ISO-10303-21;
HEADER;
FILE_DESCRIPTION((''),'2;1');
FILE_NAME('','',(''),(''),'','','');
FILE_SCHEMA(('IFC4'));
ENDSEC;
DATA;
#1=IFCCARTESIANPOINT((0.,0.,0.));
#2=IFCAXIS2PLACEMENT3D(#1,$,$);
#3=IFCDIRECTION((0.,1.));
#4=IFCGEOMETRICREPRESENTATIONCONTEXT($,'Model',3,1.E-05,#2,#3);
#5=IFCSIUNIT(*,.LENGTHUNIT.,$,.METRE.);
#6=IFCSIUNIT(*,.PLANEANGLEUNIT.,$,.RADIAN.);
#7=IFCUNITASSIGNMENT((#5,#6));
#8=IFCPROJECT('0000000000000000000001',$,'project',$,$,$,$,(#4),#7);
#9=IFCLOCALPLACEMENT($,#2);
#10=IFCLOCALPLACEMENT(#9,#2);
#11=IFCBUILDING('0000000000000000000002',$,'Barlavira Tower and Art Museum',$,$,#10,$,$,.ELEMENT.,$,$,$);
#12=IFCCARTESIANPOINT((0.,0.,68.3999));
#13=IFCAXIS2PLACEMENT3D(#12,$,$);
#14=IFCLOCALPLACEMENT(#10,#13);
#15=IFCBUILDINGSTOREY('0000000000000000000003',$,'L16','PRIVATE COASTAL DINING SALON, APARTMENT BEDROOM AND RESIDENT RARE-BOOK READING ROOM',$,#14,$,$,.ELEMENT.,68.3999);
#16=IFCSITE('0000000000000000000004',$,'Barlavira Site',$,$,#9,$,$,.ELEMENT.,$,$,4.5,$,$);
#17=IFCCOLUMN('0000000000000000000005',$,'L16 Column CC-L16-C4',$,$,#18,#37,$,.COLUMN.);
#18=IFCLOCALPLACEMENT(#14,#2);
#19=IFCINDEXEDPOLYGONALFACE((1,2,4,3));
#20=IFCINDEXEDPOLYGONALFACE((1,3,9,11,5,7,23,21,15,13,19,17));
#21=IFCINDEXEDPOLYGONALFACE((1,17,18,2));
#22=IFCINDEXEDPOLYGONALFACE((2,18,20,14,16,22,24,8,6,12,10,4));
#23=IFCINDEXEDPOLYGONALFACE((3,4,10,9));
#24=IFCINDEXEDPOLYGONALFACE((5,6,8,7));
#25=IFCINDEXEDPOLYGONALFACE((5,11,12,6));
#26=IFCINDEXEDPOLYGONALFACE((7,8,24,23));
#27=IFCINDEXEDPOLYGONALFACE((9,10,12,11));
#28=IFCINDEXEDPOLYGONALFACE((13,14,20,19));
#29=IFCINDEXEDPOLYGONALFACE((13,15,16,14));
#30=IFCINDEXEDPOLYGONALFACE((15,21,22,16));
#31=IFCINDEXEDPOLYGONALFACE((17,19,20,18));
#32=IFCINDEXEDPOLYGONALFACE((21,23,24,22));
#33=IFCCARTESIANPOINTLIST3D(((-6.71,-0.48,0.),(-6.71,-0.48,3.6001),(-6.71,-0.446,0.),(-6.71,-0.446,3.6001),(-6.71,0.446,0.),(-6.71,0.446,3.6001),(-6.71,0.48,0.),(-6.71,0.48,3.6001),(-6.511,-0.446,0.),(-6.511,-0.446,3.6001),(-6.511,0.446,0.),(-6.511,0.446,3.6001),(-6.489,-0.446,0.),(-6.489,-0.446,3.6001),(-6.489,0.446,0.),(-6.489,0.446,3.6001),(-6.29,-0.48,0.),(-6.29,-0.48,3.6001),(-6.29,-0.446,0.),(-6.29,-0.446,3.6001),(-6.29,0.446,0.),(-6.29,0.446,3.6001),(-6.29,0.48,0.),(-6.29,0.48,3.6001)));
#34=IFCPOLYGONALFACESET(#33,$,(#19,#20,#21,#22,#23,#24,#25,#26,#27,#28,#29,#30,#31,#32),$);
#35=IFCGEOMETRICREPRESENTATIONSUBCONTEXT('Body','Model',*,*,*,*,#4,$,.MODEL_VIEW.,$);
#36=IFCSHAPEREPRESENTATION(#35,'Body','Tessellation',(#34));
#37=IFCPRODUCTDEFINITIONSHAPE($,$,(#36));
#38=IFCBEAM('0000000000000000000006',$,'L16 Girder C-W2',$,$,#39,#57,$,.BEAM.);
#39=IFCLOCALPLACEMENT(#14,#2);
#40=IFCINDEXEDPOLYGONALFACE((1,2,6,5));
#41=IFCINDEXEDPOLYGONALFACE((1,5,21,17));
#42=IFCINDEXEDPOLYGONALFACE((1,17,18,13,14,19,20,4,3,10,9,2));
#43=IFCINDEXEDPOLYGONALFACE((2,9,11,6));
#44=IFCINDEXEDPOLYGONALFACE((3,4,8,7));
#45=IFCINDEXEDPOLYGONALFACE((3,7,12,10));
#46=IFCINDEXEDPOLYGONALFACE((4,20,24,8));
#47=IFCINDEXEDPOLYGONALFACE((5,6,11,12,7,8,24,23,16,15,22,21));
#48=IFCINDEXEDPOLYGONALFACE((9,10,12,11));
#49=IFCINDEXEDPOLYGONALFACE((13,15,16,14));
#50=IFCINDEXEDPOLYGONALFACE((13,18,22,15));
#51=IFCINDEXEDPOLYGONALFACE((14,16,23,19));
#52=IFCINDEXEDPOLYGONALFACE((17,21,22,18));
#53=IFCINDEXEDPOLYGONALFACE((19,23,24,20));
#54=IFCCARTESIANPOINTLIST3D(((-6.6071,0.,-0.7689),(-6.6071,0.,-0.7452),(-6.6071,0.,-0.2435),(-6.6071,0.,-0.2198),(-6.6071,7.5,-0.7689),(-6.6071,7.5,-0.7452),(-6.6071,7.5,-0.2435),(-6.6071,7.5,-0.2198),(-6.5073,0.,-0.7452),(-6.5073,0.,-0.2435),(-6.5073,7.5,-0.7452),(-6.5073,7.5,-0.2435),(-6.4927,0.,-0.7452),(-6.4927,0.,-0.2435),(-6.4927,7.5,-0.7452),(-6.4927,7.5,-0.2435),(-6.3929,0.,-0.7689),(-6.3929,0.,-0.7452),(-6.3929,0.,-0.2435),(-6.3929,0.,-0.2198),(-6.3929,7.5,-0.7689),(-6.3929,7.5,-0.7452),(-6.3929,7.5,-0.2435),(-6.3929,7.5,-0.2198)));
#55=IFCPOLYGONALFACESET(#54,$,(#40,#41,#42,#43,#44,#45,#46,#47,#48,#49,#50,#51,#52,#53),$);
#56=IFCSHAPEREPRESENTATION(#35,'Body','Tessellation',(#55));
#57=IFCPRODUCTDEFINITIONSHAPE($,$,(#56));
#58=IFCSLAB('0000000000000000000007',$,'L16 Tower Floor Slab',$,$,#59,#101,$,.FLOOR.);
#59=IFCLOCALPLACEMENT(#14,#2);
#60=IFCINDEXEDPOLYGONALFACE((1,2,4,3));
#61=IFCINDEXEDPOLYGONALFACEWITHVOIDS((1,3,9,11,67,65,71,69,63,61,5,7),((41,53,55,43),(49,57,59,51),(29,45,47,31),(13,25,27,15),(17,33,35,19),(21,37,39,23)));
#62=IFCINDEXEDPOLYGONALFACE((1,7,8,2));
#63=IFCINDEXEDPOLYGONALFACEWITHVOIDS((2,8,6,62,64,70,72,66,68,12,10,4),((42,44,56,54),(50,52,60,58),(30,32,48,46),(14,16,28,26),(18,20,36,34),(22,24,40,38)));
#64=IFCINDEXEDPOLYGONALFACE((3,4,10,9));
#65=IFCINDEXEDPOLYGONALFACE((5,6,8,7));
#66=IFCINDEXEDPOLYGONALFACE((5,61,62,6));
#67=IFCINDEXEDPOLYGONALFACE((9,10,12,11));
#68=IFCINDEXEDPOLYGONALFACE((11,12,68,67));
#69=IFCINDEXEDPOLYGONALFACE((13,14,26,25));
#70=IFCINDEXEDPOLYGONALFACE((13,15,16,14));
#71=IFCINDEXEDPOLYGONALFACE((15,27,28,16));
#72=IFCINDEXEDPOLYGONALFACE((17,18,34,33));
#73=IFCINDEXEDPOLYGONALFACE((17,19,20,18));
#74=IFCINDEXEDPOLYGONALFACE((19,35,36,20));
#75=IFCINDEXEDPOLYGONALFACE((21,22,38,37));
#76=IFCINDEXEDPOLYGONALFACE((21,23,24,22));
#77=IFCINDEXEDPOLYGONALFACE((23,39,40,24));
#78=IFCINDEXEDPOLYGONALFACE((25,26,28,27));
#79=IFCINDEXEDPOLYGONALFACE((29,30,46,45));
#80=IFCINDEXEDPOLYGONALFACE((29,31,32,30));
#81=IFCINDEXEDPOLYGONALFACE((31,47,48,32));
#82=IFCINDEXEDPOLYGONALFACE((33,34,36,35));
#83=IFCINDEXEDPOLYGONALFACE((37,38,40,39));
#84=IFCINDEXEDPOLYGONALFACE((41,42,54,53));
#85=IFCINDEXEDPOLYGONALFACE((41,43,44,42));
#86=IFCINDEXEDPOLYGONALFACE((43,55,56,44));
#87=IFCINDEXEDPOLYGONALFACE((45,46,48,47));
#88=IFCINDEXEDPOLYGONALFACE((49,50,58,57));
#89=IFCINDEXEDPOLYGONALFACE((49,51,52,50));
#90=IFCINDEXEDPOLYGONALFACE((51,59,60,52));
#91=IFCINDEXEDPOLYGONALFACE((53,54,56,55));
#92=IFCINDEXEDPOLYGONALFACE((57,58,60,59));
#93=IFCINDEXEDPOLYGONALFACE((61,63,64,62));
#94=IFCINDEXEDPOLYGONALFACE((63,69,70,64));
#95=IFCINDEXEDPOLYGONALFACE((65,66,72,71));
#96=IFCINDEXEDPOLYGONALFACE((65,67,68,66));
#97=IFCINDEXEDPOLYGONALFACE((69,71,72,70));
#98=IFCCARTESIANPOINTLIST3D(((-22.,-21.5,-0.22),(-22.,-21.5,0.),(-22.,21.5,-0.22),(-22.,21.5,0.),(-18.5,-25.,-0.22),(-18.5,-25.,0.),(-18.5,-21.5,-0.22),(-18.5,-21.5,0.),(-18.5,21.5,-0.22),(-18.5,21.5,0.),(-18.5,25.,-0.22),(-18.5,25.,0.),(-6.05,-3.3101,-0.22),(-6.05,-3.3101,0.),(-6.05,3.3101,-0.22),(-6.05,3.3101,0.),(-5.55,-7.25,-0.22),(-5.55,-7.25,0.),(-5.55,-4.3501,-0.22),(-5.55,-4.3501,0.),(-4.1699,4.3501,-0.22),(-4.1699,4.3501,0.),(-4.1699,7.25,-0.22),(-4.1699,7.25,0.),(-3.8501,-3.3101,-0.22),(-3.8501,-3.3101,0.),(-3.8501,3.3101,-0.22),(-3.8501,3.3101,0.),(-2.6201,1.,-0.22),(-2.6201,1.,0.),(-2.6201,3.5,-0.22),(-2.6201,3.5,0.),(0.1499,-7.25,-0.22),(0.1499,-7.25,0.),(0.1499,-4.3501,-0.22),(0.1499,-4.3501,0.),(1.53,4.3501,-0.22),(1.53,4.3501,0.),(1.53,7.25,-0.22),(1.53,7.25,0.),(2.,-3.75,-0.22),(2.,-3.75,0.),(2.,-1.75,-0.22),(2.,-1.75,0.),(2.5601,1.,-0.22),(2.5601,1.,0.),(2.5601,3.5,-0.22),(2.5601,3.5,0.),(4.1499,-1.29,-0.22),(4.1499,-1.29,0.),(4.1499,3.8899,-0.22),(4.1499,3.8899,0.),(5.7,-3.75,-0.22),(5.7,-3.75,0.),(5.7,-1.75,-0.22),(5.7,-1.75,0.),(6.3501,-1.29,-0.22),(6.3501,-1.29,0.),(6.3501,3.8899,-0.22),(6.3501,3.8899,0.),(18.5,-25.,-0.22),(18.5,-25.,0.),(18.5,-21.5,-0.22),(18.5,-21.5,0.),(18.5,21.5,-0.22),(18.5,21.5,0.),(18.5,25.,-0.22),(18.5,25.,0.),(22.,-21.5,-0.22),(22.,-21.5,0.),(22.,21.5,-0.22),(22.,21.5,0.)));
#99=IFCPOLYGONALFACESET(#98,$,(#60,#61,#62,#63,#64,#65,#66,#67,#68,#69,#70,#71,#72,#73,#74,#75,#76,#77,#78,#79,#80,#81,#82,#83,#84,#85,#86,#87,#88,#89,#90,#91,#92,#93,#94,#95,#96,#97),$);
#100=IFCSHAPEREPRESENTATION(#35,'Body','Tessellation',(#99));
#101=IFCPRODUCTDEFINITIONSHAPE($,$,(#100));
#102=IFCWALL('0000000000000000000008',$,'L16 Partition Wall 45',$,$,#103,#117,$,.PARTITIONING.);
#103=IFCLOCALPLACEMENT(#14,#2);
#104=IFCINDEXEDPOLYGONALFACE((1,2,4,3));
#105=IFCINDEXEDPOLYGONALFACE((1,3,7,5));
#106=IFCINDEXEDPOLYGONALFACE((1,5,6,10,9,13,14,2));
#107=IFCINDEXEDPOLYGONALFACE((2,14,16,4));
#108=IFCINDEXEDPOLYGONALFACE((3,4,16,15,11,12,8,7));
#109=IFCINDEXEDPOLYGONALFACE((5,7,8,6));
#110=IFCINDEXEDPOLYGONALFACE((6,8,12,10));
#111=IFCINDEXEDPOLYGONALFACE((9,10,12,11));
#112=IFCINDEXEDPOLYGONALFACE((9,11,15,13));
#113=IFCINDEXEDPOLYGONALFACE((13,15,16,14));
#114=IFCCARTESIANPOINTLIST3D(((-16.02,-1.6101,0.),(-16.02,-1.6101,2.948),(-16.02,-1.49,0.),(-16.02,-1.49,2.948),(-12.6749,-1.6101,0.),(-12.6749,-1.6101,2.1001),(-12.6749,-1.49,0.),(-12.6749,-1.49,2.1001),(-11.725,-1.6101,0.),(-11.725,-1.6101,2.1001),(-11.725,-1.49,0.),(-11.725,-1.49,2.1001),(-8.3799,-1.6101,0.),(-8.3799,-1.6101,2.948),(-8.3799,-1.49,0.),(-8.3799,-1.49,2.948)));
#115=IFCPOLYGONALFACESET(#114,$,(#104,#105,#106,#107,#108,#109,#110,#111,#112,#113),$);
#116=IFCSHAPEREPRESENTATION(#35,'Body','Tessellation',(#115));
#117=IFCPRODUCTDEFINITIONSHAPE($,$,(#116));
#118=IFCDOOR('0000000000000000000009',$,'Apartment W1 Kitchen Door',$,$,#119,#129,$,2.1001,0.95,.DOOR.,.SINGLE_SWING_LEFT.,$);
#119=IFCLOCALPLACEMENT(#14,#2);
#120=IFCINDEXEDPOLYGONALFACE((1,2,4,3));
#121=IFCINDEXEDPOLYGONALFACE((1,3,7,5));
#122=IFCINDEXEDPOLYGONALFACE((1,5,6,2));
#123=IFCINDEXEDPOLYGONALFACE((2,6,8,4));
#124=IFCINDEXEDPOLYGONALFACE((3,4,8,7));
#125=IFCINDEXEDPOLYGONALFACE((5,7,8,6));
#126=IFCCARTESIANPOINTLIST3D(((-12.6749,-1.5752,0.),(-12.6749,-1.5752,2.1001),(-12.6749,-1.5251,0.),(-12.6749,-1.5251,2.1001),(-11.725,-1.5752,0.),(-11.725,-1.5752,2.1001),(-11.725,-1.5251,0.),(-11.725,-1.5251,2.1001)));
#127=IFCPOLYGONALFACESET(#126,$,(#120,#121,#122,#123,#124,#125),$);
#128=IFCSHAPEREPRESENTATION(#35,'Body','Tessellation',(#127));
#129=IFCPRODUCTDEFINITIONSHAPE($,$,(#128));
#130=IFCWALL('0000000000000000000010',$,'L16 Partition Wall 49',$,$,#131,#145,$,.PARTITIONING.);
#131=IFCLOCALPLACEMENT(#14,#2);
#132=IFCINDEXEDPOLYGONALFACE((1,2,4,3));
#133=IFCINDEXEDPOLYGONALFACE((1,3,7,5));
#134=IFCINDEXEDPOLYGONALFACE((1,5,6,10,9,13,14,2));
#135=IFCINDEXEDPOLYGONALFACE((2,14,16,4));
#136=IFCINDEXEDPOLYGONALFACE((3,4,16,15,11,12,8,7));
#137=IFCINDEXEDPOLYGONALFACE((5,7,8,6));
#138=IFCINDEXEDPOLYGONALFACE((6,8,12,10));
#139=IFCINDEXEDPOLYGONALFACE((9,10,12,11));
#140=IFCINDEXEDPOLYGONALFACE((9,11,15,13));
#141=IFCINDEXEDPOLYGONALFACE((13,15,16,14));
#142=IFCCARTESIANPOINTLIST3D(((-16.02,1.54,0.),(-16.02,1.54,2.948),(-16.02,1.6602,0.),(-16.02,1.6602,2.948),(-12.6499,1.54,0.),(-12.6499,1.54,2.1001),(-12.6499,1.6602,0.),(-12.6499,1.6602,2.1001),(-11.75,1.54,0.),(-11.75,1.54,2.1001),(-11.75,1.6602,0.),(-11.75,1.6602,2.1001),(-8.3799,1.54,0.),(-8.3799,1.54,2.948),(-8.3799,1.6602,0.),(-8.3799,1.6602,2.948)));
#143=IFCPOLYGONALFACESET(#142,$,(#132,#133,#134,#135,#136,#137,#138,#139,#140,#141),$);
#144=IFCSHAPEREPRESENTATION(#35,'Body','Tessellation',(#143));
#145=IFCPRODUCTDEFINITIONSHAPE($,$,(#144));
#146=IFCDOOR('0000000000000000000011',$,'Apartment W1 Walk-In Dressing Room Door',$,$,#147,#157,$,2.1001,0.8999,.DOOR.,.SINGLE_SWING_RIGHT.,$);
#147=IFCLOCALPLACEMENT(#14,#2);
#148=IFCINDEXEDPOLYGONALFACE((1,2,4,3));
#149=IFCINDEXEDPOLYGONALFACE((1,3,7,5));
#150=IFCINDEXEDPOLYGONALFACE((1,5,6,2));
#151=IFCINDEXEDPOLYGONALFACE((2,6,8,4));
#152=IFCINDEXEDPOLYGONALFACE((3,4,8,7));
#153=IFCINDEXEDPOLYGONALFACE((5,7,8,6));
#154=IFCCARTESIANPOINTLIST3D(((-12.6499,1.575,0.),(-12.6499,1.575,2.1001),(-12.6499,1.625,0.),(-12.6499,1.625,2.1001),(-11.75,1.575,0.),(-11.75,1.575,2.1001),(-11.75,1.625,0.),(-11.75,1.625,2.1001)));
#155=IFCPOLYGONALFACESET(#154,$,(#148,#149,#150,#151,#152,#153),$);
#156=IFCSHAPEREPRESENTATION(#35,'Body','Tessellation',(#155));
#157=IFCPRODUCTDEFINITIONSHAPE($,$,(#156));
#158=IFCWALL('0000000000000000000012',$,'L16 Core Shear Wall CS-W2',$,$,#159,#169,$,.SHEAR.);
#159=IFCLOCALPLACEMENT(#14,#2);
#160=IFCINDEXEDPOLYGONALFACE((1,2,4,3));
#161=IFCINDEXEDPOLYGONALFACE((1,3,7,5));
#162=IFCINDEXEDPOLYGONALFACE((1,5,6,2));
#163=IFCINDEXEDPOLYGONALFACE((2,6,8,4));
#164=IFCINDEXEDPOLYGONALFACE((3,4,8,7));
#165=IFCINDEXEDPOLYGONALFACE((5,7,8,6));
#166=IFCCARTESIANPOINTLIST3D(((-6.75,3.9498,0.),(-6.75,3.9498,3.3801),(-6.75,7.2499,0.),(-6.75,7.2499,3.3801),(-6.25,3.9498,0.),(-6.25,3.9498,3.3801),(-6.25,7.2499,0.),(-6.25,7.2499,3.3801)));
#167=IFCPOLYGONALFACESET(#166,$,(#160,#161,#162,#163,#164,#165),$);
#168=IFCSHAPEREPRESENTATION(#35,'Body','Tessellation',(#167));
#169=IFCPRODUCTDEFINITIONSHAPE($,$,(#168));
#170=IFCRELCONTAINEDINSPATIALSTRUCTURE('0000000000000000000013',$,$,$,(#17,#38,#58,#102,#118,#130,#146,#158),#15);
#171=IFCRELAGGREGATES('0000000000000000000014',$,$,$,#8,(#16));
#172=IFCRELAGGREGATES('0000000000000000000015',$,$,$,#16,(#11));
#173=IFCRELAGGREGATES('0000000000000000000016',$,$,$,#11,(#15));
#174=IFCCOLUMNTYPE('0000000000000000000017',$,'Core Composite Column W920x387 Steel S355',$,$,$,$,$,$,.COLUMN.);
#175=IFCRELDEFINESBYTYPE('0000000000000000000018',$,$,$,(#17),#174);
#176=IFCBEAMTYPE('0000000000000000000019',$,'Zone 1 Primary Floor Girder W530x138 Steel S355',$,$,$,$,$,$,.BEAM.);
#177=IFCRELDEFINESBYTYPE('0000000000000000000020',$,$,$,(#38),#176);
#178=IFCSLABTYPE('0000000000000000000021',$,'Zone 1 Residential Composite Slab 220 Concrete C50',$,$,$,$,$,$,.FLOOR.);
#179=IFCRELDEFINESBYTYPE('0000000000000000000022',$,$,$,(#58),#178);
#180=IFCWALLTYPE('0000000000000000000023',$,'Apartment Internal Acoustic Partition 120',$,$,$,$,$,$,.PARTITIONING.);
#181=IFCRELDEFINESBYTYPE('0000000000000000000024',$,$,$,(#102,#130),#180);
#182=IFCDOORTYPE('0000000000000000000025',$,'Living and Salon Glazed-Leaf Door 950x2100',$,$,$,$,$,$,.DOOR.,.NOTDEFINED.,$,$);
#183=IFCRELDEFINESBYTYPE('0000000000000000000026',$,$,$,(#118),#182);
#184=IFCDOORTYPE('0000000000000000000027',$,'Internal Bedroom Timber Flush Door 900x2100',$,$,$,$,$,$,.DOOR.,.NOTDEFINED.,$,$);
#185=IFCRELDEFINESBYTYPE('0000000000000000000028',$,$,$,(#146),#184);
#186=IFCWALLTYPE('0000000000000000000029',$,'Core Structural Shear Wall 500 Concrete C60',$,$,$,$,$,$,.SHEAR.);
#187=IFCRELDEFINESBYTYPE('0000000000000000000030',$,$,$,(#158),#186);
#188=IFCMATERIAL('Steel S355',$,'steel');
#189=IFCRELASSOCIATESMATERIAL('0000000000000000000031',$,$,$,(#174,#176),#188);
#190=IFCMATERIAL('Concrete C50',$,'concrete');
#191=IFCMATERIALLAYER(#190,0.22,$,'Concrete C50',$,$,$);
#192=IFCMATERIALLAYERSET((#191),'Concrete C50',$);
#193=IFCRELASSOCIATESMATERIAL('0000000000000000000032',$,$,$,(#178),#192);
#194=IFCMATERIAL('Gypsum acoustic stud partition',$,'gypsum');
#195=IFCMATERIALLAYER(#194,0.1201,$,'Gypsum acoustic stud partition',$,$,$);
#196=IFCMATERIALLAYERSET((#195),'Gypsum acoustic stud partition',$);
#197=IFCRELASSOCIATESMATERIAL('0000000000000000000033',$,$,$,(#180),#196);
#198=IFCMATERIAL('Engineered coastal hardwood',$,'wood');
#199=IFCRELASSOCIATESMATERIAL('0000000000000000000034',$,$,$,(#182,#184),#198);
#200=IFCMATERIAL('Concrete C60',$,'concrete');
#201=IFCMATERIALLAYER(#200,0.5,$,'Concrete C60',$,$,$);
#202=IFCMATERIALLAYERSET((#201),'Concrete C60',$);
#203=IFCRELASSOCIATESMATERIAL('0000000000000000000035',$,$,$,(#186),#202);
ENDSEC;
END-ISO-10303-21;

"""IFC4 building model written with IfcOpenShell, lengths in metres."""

from ifc_helpers import new_model, si_unit, direction, frame, frame_2d, origin, origin_2d, place, context, subcontext, project, spatial, polyline, rectangle, i_section, outline, extrude, material, layer, layer_set, material_profile, profile_set, type_object, element, fill, save


model = new_model("IFC4")

# Units and contexts
model_context = context("Model", 3, precision=1e-05, world=origin(), true_north=direction((0.0, 1.0)))
body_context = subcontext(model_context, "Body", "Model", "MODEL_VIEW")
ifc_project = project(units=[si_unit("LENGTHUNIT", "METRE"), si_unit("PLANEANGLEUNIT", "RADIAN")], contexts=[model_context])

# Site, building, storey
site_placement = place(None, origin())
site = spatial("IfcSite", under=ifc_project, at=site_placement, Name="Barlavira Site", CompositionType="ELEMENT", RefElevation=4.5)
building_placement = place(site_placement, origin())
building = spatial("IfcBuilding", under=site, at=building_placement, Name="Barlavira Tower and Art Museum", CompositionType="ELEMENT")
storey_placement = place(building_placement, frame((0.0, 0.0, 68.3999)))
storey = spatial("IfcBuildingStorey", under=building, at=storey_placement, Name="L16", Description="PRIVATE COASTAL DINING SALON, APARTMENT BEDROOM AND RESIDENT RARE-BOOK READING ROOM", CompositionType="ELEMENT", Elevation=68.3999)

# Column
ifc_material_1 = material(Name="Steel S355", Category="steel")
ifc_material_profile_1 = material_profile(ifc_material_1, i_section(OverallWidth=0.4199, OverallDepth=0.96, WebThickness=0.022, FlangeThickness=0.0339, at=origin_2d()), Name="W920x387.0")
ifc_profile_set_1 = profile_set([ifc_material_profile_1], Name="Steel S355")
column_type = type_object("IfcColumnType", Name="Core Composite Column W920x387 Steel S355", PredefinedType="COLUMN", material=ifc_profile_set_1)
column_placement = place(storey_placement, frame((-6.5, 0.0, 0.0), z_axis=(0.0, 0.0, 1.0), x_axis=(1.0, 0.0, 0.0)))
element("IfcColumn", 1, at=column_placement, inside=storey, type_object=column_type, Name="L16 Column CC-L16-C4", PredefinedType="COLUMN", context=body_context, shape_type="SweptSolid", body=[
    extrude(i_section(OverallWidth=0.4199, OverallDepth=0.96, WebThickness=0.022, FlangeThickness=0.0339, at=origin_2d()), origin(), (0.0, 0.0, 1.0), 3.6001),
])

# Beam
ifc_material_profile_2 = material_profile(ifc_material_1, i_section(OverallWidth=0.2141, OverallDepth=0.5491, WebThickness=0.0146, FlangeThickness=0.0237, at=origin_2d()), Name="W530x138.0")
ifc_profile_set_2 = profile_set([ifc_material_profile_2], Name="Steel S355")
beam_type = type_object("IfcBeamType", Name="Zone 1 Primary Floor Girder W530x138 Steel S355", PredefinedType="BEAM", material=ifc_profile_set_2)
beam_placement = place(storey_placement, frame((-6.5, 0.0, -0.4944), z_axis=(0.0, 1.0, 0.0), x_axis=(-1.0, 0.0, 0.0)))
element("IfcBeam", 2, at=beam_placement, inside=storey, type_object=beam_type, Name="L16 Girder C-W2", PredefinedType="BEAM", context=body_context, shape_type="SweptSolid", body=[
    extrude(i_section(OverallWidth=0.2141, OverallDepth=0.5491, WebThickness=0.0146, FlangeThickness=0.0237, at=origin_2d()), origin(), (0.0, 0.0, 1.0), 7.5),
])

# Slab
ifc_material_2 = material(Name="Concrete C50", Category="concrete")
ifc_layer_1 = layer(ifc_material_2, 0.22, Name="Concrete C50")
ifc_layer_set_1 = layer_set([ifc_layer_1], Name="Concrete C50")
slab_type = type_object("IfcSlabType", Name="Zone 1 Residential Composite Slab 220 Concrete C50", PredefinedType="FLOOR", material=ifc_layer_set_1)
slab_placement = place(storey_placement, frame((0.0, 0.0, -0.22)))
element("IfcSlab", 3, at=slab_placement, inside=storey, type_object=slab_type, Name="L16 Tower Floor Slab", PredefinedType="FLOOR", context=body_context, shape_type="SweptSolid", body=[
    extrude(outline(polyline([(-18.5, -25.0), (18.5, -25.0), (18.5, -21.5), (22.0, -21.5), (22.0, 21.5), (18.5, 21.5), (18.5, 25.0), (-18.5, 25.0), (-18.5, 21.5), (-22.0, 21.5), (-22.0, -21.5), (-18.5, -21.5), (-18.5, -25.0)]), holes=[polyline([(0.1499, -4.3501), (-5.55, -4.3501), (-5.55, -7.25), (0.1499, -7.25), (0.1499, -4.3501)]), polyline([(-4.1699, 4.3501), (1.53, 4.3501), (1.53, 7.25), (-4.1699, 7.25), (-4.1699, 4.3501)]), polyline([(-6.05, -3.3101), (-3.8501, -3.3101), (-3.8501, 3.3101), (-6.05, 3.3101), (-6.05, -3.3101)]), polyline([(4.1499, -1.29), (6.3501, -1.29), (6.3501, 3.8899), (4.1499, 3.8899), (4.1499, -1.29)]), polyline([(-2.6201, 1.0), (2.5601, 1.0), (2.5601, 3.5), (-2.6201, 3.5), (-2.6201, 1.0)]), polyline([(2.0, -3.75), (5.7, -3.75), (5.7, -1.75), (2.0, -1.75), (2.0, -3.75)])]), origin(), (0.0, 0.0, 1.0), 0.22),
])

# Walls, openings, doors
ifc_material_3 = material(Name="Gypsum acoustic stud partition", Category="gypsum")
ifc_layer_2 = layer(ifc_material_3, 0.1201, Name="Gypsum acoustic stud partition")
ifc_layer_set_2 = layer_set([ifc_layer_2], Name="Gypsum acoustic stud partition")
wall_type_1 = type_object("IfcWallType", Name="Apartment Internal Acoustic Partition 120", PredefinedType="PARTITIONING", material=ifc_layer_set_2)
wall_1_placement = place(storey_placement, frame((-16.02, -1.55, 0.0), z_axis=(0.0, 0.0, 1.0), x_axis=(1.0, 0.0, 0.0)))
wall_1 = element("IfcWall", 4, at=wall_1_placement, inside=storey, type_object=wall_type_1, Name="L16 Partition Wall 45", PredefinedType="PARTITIONING", context=body_context, shape_type="SweptSolid", body=[
    extrude(rectangle(XDim=7.6401, YDim=0.1201, at=frame_2d((3.8201, 0.0))), origin(), (0.0, 0.0, 1.0), 2.948),
])
opening_1_placement = place(wall_1_placement, frame((3.345, 0.0, 0.0)))
opening_1 = element("IfcOpeningElement", 5, at=opening_1_placement, cuts=wall_1, PredefinedType="OPENING", context=body_context, shape_type="SweptSolid", body=[
    extrude(rectangle(XDim=0.95, YDim=2.1001, at=frame_2d((0.4751, 1.05))), frame((0.0, 0.0701, 0.0), z_axis=(0.0, -1.0, 0.0), x_axis=(1.0, 0.0, 0.0)), (0.0, 0.0, 1.0), 0.1401),
])
ifc_material_4 = material(Name="Engineered coastal hardwood", Category="wood")
door_type_1 = type_object("IfcDoorType", Name="Living and Salon Glazed-Leaf Door 950x2100", OperationType="NOTDEFINED", PredefinedType="DOOR", material=ifc_material_4)
door_1_placement = place(opening_1_placement, origin())
door_1 = element("IfcDoor", 6, at=door_1_placement, inside=storey, type_object=door_type_1, Name="Apartment W1 Kitchen Door", OperationType="SINGLE_SWING_LEFT", OverallHeight=2.1001, OverallWidth=0.95, PredefinedType="DOOR", context=body_context, shape_type="SweptSolid", body=[
    extrude(rectangle(XDim=0.95, YDim=2.1001, at=frame_2d((0.4751, 1.05))), frame((0.0, 0.0249, 0.0), z_axis=(0.0, -1.0, 0.0), x_axis=(1.0, 0.0, 0.0)), (0.0, 0.0, 1.0), 0.05),
])
fill(opening_1, door_1)
wall_2_placement = place(storey_placement, frame((-16.02, 1.6001, 0.0), z_axis=(0.0, 0.0, 1.0), x_axis=(1.0, 0.0, 0.0)))
wall_2 = element("IfcWall", 7, at=wall_2_placement, inside=storey, type_object=wall_type_1, Name="L16 Partition Wall 49", PredefinedType="PARTITIONING", context=body_context, shape_type="SweptSolid", body=[
    extrude(rectangle(XDim=7.6401, YDim=0.1201, at=frame_2d((3.8201, 0.0))), origin(), (0.0, 0.0, 1.0), 2.948),
])
opening_2_placement = place(wall_2_placement, frame((3.3701, 0.0, 0.0)))
opening_2 = element("IfcOpeningElement", 8, at=opening_2_placement, cuts=wall_2, PredefinedType="OPENING", context=body_context, shape_type="SweptSolid", body=[
    extrude(rectangle(XDim=0.8999, YDim=2.1001, at=frame_2d((0.45, 1.05))), frame((0.0, 0.0701, 0.0), z_axis=(0.0, -1.0, 0.0), x_axis=(1.0, 0.0, 0.0)), (0.0, 0.0, 1.0), 0.1401),
])
door_type_2 = type_object("IfcDoorType", Name="Internal Bedroom Timber Flush Door 900x2100", OperationType="NOTDEFINED", PredefinedType="DOOR", material=ifc_material_4)
door_2_placement = place(opening_2_placement, origin())
door_2 = element("IfcDoor", 9, at=door_2_placement, inside=storey, type_object=door_type_2, Name="Apartment W1 Walk-In Dressing Room Door", OperationType="SINGLE_SWING_RIGHT", OverallHeight=2.1001, OverallWidth=0.8999, PredefinedType="DOOR", context=body_context, shape_type="SweptSolid", body=[
    extrude(rectangle(XDim=0.8999, YDim=2.1001, at=frame_2d((0.45, 1.05))), frame((0.0, 0.0249, 0.0), z_axis=(0.0, -1.0, 0.0), x_axis=(1.0, 0.0, 0.0)), (0.0, 0.0, 1.0), 0.05),
])
fill(opening_2, door_2)

# Wall
ifc_material_5 = material(Name="Concrete C60", Category="concrete")
ifc_layer_3 = layer(ifc_material_5, 0.5, Name="Concrete C60")
ifc_layer_set_3 = layer_set([ifc_layer_3], Name="Concrete C60")
wall_type_2 = type_object("IfcWallType", Name="Core Structural Shear Wall 500 Concrete C60", PredefinedType="SHEAR", material=ifc_layer_set_3)
wall_3_placement = place(storey_placement, frame((-6.5, 3.95, 0.0), z_axis=(0.0, 0.0, 1.0), x_axis=(0.0, 1.0, 0.0)))
element("IfcWall", 10, at=wall_3_placement, inside=storey, type_object=wall_type_2, Name="L16 Core Shear Wall CS-W2", PredefinedType="SHEAR", context=body_context, shape_type="SweptSolid", body=[
    extrude(rectangle(XDim=3.3, YDim=0.5, at=frame_2d((1.6499, 0.0))), origin(), (0.0, 0.0, 1.0), 3.3801),
])

save(model, "model.ifc")
